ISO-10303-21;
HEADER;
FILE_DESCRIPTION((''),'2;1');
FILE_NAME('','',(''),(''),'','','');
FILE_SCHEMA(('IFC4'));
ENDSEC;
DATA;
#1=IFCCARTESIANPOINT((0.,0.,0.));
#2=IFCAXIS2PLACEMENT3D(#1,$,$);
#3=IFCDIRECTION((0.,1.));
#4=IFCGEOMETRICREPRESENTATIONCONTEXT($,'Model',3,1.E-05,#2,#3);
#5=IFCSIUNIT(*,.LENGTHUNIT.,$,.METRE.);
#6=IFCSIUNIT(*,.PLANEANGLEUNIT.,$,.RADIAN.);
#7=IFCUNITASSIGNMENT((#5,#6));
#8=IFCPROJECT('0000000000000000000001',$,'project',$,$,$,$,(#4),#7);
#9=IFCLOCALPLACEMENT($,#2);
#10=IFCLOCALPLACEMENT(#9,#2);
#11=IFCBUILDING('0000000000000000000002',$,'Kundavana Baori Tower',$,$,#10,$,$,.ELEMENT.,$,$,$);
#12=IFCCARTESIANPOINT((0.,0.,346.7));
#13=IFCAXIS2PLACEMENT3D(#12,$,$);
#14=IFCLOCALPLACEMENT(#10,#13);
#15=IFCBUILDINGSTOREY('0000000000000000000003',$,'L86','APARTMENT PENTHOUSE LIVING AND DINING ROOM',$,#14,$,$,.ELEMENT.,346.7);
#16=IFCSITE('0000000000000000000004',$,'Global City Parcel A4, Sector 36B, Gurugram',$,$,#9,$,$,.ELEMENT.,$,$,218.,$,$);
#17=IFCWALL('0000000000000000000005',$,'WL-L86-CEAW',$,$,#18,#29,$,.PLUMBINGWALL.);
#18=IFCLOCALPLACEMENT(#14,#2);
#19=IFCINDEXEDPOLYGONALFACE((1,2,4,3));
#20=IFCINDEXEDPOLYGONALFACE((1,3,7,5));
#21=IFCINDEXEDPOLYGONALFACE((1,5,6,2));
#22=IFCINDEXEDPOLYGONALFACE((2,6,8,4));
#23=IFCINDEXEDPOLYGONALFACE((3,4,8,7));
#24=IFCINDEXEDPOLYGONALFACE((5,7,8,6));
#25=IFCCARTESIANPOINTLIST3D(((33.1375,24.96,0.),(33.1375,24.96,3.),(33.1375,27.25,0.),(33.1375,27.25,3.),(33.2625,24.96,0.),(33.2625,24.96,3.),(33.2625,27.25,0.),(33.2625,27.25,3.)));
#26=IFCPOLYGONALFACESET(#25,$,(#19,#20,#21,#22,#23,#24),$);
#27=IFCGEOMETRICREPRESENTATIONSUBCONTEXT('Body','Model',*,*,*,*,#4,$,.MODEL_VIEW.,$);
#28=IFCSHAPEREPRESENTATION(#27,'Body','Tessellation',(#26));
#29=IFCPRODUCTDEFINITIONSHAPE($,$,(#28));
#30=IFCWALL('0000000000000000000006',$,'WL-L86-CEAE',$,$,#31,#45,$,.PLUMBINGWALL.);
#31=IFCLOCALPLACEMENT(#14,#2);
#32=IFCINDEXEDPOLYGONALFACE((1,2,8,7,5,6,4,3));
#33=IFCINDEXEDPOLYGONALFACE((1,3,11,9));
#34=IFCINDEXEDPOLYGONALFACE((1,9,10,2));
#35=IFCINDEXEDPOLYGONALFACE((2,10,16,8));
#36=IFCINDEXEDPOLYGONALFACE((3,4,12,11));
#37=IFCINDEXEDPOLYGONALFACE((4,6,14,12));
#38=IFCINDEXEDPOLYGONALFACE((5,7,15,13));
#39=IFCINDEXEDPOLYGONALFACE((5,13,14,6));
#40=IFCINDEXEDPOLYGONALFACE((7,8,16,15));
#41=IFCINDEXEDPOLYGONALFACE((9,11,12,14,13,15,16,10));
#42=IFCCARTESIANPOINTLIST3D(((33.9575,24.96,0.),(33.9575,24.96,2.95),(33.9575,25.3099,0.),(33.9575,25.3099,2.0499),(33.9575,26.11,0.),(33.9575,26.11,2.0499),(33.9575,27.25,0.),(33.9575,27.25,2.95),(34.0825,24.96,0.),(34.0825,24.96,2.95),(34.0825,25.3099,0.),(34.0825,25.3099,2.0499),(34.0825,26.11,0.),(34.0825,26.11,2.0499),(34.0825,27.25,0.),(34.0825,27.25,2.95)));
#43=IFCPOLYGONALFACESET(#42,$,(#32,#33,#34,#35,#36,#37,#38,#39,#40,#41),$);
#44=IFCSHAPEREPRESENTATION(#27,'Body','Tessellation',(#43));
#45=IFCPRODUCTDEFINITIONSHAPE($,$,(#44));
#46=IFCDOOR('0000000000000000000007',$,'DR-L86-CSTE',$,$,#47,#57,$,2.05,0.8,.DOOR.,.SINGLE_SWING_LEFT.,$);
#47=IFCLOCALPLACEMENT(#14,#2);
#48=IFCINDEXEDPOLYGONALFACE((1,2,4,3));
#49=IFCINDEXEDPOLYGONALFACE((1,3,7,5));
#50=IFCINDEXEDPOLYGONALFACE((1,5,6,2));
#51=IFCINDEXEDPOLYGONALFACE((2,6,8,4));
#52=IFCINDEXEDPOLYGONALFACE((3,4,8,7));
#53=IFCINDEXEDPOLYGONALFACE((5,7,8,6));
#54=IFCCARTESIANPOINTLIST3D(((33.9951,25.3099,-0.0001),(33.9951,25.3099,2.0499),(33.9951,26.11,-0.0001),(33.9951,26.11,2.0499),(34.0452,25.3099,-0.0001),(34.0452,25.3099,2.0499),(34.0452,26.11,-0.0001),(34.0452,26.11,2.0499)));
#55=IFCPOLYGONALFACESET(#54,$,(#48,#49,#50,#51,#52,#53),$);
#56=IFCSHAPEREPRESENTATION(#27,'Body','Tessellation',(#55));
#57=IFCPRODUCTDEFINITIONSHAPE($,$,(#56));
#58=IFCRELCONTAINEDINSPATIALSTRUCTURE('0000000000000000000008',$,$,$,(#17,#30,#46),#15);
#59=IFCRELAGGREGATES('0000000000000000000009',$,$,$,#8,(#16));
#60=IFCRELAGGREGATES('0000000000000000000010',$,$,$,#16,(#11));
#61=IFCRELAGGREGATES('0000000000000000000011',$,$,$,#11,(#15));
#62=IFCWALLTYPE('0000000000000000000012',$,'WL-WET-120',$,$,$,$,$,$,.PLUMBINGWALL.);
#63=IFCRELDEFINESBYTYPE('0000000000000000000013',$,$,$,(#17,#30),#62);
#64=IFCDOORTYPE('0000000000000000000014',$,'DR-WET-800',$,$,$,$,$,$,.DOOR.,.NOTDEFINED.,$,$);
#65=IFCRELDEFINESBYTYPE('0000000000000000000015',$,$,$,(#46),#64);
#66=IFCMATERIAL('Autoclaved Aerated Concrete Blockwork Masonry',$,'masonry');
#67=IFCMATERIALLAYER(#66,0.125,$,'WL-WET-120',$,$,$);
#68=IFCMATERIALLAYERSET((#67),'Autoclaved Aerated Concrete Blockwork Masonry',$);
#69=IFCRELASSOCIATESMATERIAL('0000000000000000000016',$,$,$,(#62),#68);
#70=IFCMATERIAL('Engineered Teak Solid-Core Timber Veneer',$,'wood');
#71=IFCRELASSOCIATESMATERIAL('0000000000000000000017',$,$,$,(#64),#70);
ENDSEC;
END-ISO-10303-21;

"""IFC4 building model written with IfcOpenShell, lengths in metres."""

from ifc_helpers import new_model, si_unit, direction, frame, frame_2d, origin, place, context, subcontext, project, spatial, rectangle, extrude, material, layer, layer_set, type_object, element, fill, save


model = new_model("IFC4")

# Units and contexts
model_context = context("Model", 3, precision=1e-05, world=origin(), true_north=direction((0.0, 1.0)))
body_context = subcontext(model_context, "Body", "Model", "MODEL_VIEW")
ifc_project = project(units=[si_unit("LENGTHUNIT", "METRE"), si_unit("PLANEANGLEUNIT", "RADIAN")], contexts=[model_context])

# Site, building, storey
site_placement = place(None, origin())
site = spatial("IfcSite", under=ifc_project, at=site_placement, Name="Global City Parcel A4, Sector 36B, Gurugram", CompositionType="ELEMENT", RefElevation=218.0)
building_placement = place(site_placement, origin())
building = spatial("IfcBuilding", under=site, at=building_placement, Name="Kundavana Baori Tower", CompositionType="ELEMENT")
storey_placement = place(building_placement, frame((0.0, 0.0, 346.7)))
storey = spatial("IfcBuildingStorey", under=building, at=storey_placement, Name="L86", Description="APARTMENT PENTHOUSE LIVING AND DINING ROOM", CompositionType="ELEMENT", Elevation=346.7)

# Wall
ifc_material_1 = material(Name="Autoclaved Aerated Concrete Blockwork Masonry", Category="masonry")
ifc_layer_1 = layer(ifc_material_1, 0.125, Name="WL-WET-120")
ifc_layer_set_1 = layer_set([ifc_layer_1], Name="Autoclaved Aerated Concrete Blockwork Masonry")
wall_type = type_object("IfcWallType", Name="WL-WET-120", PredefinedType="PLUMBINGWALL", material=ifc_layer_set_1)
wall_1_placement = place(storey_placement, frame((33.2, 24.96, 0.0), z_axis=(0.0, 0.0, 1.0), x_axis=(0.0, 1.0, 0.0)))
element("IfcWall", 1, at=wall_1_placement, inside=storey, type_object=wall_type, Name="WL-L86-CEAW", PredefinedType="PLUMBINGWALL", context=body_context, shape_type="SweptSolid", body=[
    extrude(rectangle(XDim=2.29, YDim=0.125, at=frame_2d((1.145, 0.0))), origin(), (0.0, 0.0, 1.0), 3.0),
])

# Wall, opening, door
wall_2_placement = place(storey_placement, frame((34.02, 24.96, 0.0), z_axis=(0.0, 0.0, 1.0), x_axis=(0.0, 1.0, 0.0)))
wall_2 = element("IfcWall", 2, at=wall_2_placement, inside=storey, type_object=wall_type, Name="WL-L86-CEAE", PredefinedType="PLUMBINGWALL", context=body_context, shape_type="SweptSolid", body=[
    extrude(rectangle(XDim=2.29, YDim=0.125, at=frame_2d((1.145, 0.0))), origin(), (0.0, 0.0, 1.0), 2.95),
])
opening_placement = place(wall_2_placement, frame((0.3501, 0.0, 0.0)))
opening = element("IfcOpeningElement", 3, at=opening_placement, cuts=wall_2, PredefinedType="OPENING", context=body_context, shape_type="SweptSolid", body=[
    extrude(rectangle(XDim=0.8, YDim=2.05, at=frame_2d((0.3999, 1.0249))), frame((0.0, 0.0725, 0.0), z_axis=(0.0, -1.0, 0.0), x_axis=(1.0, 0.0, 0.0)), (0.0, 0.0, 1.0), 0.145),
])
ifc_material_2 = material(Name="Engineered Teak Solid-Core Timber Veneer", Category="wood")
door_type = type_object("IfcDoorType", Name="DR-WET-800", OperationType="NOTDEFINED", PredefinedType="DOOR", material=ifc_material_2)
door_placement = place(opening_placement, origin())
door = element("IfcDoor", 4, at=door_placement, inside=storey, type_object=door_type, Name="DR-L86-CSTE", OperationType="SINGLE_SWING_LEFT", OverallHeight=2.05, OverallWidth=0.8, PredefinedType="DOOR", context=body_context, shape_type="SweptSolid", body=[
    extrude(rectangle(XDim=0.8, YDim=2.05, at=frame_2d((0.3999, 1.0249))), frame((0.0, 0.0249, 0.0), z_axis=(0.0, -1.0, 0.0), x_axis=(1.0, 0.0, 0.0)), (0.0, 0.0, 1.0), 0.05),
])
fill(opening, door)

save(model, "model.ifc")
